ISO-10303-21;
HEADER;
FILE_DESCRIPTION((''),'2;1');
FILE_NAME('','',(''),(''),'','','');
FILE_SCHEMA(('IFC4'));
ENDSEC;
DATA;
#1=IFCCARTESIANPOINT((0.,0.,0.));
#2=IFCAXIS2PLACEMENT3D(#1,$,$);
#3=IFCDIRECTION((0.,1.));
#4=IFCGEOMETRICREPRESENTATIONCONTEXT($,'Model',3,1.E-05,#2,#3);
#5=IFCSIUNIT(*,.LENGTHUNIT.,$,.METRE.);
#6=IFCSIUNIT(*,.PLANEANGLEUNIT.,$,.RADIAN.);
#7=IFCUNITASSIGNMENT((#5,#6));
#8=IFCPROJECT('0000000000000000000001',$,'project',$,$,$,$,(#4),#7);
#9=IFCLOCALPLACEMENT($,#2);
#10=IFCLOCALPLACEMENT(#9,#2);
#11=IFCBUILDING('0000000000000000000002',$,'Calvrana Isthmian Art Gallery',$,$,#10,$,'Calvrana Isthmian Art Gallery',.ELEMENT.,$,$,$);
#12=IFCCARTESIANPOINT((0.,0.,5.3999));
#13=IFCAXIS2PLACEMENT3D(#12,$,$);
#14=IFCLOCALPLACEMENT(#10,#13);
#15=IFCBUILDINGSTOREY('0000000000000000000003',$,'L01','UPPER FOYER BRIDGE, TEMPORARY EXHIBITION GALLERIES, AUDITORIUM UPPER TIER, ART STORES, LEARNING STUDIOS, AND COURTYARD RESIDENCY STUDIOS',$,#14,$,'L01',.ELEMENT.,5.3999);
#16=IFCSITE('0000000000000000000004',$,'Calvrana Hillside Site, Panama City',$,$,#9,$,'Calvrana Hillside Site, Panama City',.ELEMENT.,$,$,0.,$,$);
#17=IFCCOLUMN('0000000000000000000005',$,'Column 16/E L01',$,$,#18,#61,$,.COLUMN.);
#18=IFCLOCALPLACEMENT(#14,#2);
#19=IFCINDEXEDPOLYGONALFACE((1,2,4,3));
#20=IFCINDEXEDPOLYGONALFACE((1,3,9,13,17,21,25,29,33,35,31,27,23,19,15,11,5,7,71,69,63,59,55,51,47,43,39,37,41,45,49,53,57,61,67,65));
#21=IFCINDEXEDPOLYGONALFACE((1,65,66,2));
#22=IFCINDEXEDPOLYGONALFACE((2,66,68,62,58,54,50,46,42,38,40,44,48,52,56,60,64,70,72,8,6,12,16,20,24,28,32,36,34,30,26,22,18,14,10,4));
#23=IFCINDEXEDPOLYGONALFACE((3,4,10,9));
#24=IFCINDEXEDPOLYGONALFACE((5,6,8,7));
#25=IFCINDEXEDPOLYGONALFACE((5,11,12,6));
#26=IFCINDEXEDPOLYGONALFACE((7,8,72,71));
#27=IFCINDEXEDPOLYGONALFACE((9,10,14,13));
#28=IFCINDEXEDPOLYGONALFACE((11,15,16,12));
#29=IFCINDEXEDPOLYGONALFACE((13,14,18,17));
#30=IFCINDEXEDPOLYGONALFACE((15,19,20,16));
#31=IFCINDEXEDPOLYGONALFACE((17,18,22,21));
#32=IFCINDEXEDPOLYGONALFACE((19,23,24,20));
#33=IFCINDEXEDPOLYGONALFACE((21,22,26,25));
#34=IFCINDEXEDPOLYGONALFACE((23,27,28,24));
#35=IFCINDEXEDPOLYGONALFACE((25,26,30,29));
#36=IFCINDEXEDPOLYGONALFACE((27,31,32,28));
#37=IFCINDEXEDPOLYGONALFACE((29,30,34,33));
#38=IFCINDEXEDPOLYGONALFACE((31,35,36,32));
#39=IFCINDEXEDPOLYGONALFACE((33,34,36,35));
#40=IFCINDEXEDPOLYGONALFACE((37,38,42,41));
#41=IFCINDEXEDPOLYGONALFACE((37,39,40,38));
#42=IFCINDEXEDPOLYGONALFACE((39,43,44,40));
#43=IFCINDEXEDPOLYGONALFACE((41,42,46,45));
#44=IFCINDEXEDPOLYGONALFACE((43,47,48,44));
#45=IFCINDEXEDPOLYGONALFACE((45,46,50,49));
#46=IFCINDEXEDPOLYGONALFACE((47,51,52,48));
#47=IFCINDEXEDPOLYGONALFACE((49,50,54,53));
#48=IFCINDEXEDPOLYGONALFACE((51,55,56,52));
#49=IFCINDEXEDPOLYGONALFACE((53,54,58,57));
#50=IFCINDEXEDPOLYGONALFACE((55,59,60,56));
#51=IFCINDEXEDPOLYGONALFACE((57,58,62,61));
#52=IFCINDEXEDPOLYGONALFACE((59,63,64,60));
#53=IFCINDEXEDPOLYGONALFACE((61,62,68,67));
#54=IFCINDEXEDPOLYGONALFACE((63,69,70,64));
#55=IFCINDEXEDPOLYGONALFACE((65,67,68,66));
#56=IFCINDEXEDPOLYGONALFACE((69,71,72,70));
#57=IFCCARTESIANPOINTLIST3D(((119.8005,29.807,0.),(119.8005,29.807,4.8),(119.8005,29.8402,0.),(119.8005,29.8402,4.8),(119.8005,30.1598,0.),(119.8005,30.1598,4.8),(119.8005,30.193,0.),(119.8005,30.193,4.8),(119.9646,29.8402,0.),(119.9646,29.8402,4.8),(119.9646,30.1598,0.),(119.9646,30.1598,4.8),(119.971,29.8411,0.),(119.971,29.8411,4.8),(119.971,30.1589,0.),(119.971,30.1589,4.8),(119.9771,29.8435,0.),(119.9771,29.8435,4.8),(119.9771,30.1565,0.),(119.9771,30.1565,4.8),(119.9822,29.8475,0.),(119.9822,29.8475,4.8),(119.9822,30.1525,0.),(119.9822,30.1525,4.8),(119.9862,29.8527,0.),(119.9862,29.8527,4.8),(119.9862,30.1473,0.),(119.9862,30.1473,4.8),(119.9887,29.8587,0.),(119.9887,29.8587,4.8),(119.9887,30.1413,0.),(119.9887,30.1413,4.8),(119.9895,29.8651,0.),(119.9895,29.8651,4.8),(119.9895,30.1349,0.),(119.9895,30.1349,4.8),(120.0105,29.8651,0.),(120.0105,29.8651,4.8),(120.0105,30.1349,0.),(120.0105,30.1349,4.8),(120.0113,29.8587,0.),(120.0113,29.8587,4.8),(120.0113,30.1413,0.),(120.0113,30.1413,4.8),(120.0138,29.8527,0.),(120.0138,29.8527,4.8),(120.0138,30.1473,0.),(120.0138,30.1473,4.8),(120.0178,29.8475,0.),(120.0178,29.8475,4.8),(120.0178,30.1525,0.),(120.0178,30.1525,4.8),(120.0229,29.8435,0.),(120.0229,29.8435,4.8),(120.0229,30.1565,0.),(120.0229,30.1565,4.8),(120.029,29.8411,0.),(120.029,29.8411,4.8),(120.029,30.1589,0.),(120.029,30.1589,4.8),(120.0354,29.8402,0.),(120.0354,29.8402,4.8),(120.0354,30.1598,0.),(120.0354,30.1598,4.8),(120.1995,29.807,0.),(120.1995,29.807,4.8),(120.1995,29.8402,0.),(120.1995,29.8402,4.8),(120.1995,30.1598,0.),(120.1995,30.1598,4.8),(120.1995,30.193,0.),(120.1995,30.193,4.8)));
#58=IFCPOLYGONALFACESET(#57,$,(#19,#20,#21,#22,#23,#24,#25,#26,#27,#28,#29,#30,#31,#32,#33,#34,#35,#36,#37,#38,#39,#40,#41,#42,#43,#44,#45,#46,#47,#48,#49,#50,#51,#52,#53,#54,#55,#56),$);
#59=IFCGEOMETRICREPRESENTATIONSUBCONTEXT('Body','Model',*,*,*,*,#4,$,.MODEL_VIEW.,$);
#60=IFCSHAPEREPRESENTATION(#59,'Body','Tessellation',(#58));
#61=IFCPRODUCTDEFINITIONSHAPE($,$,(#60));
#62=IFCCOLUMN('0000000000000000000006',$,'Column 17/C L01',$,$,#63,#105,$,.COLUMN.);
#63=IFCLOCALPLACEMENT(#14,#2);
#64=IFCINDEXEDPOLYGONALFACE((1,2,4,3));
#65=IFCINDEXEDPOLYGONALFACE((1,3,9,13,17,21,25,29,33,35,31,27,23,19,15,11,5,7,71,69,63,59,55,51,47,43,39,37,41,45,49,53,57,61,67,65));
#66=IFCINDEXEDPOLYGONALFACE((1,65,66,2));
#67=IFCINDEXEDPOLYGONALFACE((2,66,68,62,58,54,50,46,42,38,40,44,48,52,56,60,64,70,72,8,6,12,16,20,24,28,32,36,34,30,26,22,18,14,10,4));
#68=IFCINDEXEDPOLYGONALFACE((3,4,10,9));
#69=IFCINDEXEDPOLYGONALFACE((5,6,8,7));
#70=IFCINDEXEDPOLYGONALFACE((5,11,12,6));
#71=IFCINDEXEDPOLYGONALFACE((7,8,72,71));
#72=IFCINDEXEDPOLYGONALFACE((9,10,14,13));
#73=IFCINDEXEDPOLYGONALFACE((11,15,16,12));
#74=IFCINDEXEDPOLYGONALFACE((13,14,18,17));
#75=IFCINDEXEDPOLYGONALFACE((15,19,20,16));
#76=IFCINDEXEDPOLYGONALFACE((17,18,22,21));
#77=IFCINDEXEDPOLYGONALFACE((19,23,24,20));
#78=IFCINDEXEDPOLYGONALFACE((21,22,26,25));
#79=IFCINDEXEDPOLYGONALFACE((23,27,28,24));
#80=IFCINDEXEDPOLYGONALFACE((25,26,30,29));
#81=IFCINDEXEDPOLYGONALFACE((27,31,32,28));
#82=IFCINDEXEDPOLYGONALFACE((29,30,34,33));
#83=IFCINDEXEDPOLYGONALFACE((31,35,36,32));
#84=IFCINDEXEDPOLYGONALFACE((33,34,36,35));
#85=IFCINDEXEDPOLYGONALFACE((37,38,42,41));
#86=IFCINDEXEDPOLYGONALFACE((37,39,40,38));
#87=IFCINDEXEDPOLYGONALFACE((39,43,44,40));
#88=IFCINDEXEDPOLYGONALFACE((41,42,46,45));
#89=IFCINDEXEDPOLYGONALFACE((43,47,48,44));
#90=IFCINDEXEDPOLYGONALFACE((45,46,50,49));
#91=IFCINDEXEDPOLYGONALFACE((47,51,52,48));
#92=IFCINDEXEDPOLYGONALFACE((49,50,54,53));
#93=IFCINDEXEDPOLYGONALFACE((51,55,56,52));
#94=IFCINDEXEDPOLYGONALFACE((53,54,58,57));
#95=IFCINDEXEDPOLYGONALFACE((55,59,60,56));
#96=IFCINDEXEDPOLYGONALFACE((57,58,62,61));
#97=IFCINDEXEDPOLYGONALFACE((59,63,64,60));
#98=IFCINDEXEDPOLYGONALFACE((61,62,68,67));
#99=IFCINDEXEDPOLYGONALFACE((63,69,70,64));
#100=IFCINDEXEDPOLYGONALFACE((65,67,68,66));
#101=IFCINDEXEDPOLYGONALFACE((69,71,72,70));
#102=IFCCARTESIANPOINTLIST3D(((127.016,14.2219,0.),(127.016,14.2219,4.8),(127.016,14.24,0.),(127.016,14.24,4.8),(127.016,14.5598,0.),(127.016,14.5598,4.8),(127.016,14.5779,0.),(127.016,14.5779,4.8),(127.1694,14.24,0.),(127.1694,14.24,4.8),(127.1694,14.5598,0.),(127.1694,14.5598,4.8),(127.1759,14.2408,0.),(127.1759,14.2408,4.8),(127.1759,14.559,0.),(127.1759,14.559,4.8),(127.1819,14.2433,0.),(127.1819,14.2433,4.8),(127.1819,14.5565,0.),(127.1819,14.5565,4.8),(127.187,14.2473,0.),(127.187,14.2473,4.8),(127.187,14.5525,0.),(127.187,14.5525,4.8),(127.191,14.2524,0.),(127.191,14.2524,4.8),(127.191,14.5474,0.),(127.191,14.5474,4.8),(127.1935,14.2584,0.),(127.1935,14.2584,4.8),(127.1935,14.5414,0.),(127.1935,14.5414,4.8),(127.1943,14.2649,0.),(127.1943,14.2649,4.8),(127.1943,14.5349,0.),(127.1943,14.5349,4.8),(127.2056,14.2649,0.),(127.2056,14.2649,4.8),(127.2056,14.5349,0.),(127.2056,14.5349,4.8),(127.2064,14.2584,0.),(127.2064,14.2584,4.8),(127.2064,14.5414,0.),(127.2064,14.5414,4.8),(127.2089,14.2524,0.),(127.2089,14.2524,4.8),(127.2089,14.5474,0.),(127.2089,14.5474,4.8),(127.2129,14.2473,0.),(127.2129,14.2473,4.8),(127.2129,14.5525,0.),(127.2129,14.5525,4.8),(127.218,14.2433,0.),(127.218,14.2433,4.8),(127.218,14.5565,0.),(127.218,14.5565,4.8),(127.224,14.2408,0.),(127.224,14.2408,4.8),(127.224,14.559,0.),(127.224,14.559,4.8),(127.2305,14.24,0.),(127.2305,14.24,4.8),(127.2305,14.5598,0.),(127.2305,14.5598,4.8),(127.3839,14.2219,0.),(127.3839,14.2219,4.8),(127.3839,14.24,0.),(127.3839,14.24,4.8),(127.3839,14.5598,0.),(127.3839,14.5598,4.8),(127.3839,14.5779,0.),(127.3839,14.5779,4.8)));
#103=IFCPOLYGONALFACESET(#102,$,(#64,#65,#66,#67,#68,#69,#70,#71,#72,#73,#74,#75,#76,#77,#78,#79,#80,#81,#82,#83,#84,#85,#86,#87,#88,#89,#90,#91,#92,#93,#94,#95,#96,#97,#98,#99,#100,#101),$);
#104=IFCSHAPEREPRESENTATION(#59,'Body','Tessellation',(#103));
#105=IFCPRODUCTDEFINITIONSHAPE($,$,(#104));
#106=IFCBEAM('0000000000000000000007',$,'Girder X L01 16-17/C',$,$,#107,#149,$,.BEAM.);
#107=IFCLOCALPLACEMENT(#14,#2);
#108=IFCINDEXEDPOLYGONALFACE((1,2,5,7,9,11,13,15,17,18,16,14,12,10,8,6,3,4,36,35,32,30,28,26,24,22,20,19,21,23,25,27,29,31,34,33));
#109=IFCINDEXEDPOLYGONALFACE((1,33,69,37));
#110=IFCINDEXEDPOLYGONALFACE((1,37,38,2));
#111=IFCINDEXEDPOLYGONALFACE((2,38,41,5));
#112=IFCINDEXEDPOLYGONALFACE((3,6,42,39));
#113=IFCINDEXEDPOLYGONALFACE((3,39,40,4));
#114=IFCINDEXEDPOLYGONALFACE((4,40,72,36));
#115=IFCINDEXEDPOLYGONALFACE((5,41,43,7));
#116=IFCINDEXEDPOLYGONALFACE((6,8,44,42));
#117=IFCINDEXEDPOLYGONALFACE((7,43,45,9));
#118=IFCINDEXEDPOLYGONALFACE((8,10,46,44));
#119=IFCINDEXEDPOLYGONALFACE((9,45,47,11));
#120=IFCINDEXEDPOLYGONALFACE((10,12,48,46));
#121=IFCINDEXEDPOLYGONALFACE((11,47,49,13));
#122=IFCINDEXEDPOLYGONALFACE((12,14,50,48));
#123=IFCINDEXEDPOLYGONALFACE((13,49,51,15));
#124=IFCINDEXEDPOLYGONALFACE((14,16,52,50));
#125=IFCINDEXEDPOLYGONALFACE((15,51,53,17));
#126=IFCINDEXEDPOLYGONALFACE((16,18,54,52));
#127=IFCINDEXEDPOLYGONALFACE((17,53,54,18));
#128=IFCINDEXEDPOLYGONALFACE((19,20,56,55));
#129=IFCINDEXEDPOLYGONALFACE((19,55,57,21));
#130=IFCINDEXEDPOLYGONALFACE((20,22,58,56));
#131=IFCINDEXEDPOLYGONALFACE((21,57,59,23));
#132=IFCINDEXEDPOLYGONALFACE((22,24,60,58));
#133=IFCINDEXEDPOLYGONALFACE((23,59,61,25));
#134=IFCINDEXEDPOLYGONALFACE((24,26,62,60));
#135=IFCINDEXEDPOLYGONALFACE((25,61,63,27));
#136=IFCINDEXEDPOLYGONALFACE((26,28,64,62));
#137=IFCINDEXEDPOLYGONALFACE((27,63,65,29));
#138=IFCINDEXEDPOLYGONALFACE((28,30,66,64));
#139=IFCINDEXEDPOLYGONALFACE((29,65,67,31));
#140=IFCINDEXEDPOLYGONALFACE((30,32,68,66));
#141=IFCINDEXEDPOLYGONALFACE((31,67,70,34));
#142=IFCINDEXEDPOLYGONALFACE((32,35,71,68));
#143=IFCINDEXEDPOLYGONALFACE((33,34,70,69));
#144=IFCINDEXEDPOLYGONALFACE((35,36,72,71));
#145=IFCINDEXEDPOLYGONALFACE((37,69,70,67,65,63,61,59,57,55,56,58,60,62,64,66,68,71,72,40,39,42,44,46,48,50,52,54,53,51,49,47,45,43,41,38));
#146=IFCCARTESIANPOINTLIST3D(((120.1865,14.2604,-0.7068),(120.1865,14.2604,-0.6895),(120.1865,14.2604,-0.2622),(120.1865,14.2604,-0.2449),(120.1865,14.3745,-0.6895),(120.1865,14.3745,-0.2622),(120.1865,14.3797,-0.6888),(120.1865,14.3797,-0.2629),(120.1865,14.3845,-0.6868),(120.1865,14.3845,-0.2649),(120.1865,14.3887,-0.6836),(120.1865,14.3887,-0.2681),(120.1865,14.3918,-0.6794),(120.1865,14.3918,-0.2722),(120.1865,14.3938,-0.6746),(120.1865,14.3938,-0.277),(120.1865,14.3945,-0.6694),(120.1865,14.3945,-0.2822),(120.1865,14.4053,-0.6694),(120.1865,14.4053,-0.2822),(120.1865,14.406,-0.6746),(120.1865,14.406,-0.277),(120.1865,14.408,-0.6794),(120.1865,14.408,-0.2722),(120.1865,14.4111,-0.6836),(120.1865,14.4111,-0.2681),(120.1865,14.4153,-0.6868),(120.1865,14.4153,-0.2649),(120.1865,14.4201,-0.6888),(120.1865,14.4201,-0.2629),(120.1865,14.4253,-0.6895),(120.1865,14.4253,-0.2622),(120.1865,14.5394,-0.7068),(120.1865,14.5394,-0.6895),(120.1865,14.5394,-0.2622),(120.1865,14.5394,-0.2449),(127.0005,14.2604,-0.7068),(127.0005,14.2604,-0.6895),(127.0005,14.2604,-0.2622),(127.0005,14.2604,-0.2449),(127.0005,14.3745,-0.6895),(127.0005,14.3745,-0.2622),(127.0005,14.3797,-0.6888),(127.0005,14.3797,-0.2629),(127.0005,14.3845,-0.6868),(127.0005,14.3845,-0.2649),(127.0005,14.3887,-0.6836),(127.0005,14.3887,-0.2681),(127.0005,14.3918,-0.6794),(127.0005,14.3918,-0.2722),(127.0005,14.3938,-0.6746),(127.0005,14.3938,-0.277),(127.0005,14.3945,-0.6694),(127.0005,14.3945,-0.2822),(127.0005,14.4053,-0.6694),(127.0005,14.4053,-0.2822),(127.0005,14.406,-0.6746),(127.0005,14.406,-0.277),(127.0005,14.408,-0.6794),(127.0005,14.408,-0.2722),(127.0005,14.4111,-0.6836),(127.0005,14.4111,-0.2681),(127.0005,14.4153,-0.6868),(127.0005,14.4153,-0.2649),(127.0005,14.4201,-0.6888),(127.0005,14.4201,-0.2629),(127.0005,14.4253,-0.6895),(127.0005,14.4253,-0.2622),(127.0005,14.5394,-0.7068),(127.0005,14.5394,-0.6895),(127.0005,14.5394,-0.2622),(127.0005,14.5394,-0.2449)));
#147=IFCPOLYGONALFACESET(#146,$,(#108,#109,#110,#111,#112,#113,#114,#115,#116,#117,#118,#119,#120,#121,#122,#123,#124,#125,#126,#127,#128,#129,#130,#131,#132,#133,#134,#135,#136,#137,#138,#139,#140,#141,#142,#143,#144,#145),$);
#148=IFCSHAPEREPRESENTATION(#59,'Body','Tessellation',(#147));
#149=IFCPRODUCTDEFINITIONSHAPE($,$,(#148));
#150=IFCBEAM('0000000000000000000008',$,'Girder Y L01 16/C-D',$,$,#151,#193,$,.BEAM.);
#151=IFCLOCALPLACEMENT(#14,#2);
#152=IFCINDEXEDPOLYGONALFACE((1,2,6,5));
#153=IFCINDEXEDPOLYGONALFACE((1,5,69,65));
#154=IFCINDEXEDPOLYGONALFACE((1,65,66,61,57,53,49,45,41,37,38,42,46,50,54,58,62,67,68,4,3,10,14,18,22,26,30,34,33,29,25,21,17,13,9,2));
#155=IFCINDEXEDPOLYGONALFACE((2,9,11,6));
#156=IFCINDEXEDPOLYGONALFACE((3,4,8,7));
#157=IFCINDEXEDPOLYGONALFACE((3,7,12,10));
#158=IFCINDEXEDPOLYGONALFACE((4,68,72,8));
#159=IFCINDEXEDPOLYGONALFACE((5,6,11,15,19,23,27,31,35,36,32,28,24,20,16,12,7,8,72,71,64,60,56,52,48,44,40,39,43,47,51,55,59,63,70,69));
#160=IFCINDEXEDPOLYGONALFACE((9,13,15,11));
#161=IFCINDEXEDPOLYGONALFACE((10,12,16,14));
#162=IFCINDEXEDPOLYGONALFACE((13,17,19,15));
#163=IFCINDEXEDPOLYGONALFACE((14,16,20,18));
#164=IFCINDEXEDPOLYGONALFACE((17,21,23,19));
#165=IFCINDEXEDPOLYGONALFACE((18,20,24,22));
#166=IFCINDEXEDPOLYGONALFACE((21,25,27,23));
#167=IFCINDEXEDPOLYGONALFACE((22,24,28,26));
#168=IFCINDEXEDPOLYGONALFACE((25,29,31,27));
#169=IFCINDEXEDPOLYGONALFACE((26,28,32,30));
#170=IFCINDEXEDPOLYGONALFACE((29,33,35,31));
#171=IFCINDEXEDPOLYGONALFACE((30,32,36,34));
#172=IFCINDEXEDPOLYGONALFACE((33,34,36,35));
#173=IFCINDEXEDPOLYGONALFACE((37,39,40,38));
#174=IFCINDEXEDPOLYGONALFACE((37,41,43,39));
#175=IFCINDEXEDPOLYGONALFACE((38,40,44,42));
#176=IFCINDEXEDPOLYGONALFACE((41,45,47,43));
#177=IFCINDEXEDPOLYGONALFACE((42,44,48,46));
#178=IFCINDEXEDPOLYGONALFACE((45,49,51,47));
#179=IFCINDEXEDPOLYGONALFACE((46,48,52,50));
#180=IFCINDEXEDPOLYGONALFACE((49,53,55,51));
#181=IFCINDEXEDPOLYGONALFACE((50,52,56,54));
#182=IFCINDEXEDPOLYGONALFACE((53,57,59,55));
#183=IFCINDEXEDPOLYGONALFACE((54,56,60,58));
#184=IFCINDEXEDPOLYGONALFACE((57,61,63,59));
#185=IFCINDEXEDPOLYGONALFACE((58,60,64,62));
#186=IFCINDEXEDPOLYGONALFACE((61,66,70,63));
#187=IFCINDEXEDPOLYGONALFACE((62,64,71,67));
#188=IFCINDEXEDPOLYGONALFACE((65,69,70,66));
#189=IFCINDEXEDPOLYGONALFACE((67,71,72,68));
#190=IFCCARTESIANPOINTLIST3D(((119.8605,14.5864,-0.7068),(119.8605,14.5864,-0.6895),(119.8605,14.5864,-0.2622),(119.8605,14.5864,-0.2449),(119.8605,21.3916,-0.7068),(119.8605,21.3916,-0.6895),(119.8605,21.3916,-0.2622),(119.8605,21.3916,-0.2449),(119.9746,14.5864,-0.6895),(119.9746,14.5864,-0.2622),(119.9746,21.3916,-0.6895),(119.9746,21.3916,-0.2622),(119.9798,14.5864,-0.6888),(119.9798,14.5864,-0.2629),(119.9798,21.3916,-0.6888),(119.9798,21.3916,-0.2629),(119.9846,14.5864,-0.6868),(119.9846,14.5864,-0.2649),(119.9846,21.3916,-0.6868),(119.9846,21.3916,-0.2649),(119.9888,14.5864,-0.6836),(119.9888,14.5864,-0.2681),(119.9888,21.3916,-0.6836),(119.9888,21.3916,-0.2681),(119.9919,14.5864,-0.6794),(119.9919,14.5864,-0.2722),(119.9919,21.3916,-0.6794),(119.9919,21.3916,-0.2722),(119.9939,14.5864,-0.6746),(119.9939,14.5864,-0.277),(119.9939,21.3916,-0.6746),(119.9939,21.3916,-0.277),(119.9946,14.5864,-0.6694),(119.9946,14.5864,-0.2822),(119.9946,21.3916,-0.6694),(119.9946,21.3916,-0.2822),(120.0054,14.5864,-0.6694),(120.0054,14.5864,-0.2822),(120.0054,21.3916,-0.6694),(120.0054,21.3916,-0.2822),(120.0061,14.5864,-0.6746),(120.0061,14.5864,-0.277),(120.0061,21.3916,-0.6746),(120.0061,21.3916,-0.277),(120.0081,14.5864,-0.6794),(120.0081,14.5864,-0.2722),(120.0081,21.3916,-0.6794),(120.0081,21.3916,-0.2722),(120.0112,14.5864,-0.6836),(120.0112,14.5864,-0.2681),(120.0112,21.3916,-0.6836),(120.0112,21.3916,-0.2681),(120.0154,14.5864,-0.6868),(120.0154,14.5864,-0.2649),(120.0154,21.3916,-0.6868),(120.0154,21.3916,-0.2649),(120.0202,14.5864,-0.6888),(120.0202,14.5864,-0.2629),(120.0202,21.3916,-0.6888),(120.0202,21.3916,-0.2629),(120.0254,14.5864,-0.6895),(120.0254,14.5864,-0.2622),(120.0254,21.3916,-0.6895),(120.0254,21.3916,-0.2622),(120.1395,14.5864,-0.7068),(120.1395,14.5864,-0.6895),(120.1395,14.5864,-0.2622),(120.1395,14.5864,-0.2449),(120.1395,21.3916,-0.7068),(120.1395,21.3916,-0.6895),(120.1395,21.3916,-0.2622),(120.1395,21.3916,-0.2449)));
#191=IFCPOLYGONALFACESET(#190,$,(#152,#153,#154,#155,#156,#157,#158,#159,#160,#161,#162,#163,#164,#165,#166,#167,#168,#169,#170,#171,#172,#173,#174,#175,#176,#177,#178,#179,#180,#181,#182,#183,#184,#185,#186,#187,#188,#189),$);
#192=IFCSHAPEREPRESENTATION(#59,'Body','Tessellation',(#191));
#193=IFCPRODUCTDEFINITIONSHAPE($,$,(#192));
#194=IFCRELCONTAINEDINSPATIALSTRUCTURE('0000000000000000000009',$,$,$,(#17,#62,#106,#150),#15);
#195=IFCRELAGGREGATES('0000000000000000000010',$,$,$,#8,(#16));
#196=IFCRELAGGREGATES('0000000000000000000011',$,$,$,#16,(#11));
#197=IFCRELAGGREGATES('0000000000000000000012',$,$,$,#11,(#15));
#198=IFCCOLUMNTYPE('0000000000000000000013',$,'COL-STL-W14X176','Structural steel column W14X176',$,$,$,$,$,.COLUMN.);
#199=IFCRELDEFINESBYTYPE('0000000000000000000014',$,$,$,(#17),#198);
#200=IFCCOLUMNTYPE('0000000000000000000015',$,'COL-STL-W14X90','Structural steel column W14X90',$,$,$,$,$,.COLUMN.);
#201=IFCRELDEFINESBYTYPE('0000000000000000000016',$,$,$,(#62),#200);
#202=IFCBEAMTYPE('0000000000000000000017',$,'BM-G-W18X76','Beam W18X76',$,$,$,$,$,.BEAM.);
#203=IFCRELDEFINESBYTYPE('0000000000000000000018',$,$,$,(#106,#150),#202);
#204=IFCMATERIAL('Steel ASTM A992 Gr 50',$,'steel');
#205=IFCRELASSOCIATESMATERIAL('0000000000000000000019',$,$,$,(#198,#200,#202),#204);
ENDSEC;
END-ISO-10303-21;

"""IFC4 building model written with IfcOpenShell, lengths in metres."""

from ifc_helpers import new_model, si_unit, direction, frame, origin, origin_2d, place, context, subcontext, project, spatial, i_section, extrude, material, material_profile, profile_set, type_object, element, save


model = new_model("IFC4")

# Units and contexts
model_context = context("Model", 3, precision=1e-05, world=origin(), true_north=direction((0.0, 1.0)))
body_context = subcontext(model_context, "Body", "Model", "MODEL_VIEW")
ifc_project = project(units=[si_unit("LENGTHUNIT", "METRE"), si_unit("PLANEANGLEUNIT", "RADIAN")], contexts=[model_context])

# Site, building, storey
site_placement = place(None, origin())
site = spatial("IfcSite", under=ifc_project, at=site_placement, Name="Calvrana Hillside Site, Panama City", LongName="Calvrana Hillside Site, Panama City", CompositionType="ELEMENT", RefElevation=0.0)
building_placement = place(site_placement, origin())
building = spatial("IfcBuilding", under=site, at=building_placement, Name="Calvrana Isthmian Art Gallery", LongName="Calvrana Isthmian Art Gallery", CompositionType="ELEMENT")
storey_placement = place(building_placement, frame((0.0, 0.0, 5.3999)))
storey = spatial("IfcBuildingStorey", under=building, at=storey_placement, Name="L01", Description="UPPER FOYER BRIDGE, TEMPORARY EXHIBITION GALLERIES, AUDITORIUM UPPER TIER, ART STORES, LEARNING STUDIOS, AND COURTYARD RESIDENCY STUDIOS", LongName="L01", CompositionType="ELEMENT", Elevation=5.3999)

# Columns
ifc_material_1 = material(Name="Steel ASTM A992 Gr 50", Category="steel")
ifc_material_profile_1 = material_profile(ifc_material_1, i_section(OverallWidth=0.3989, OverallDepth=0.386, WebThickness=0.021, FlangeThickness=0.0332, FilletRadius=0.0249, at=origin_2d()), Name="W14X176")
ifc_profile_set_1 = profile_set([ifc_material_profile_1], Name="Steel ASTM A992 Gr 50")
column_type_1 = type_object("IfcColumnType", Name="COL-STL-W14X176", Description="Structural steel column W14X176", PredefinedType="COLUMN", material=ifc_profile_set_1)
column_1_placement = place(storey_placement, frame((120.0, 30.0, 0.0), z_axis=(0.0, 0.0, 1.0), x_axis=(1.0, 0.0, 0.0)))
element("IfcColumn", 1, at=column_1_placement, inside=storey, type_object=column_type_1, Name="Column 16/E L01", PredefinedType="COLUMN", context=body_context, shape_type="SweptSolid", body=[
    extrude(i_section(OverallWidth=0.3989, OverallDepth=0.386, WebThickness=0.021, FlangeThickness=0.0332, FilletRadius=0.0249, at=origin_2d()), origin(), (0.0, 0.0, 1.0), 4.8),
])
ifc_material_profile_2 = material_profile(ifc_material_1, i_section(OverallWidth=0.3679, OverallDepth=0.356, WebThickness=0.0112, FlangeThickness=0.0181, FilletRadius=0.0249, at=origin_2d()), Name="W14X90")
ifc_profile_set_2 = profile_set([ifc_material_profile_2], Name="Steel ASTM A992 Gr 50")
column_type_2 = type_object("IfcColumnType", Name="COL-STL-W14X90", Description="Structural steel column W14X90", PredefinedType="COLUMN", material=ifc_profile_set_2)
column_2_placement = place(storey_placement, frame((127.2, 14.3999, 0.0), z_axis=(0.0, 0.0, 1.0), x_axis=(1.0, 0.0, 0.0)))
element("IfcColumn", 2, at=column_2_placement, inside=storey, type_object=column_type_2, Name="Column 17/C L01", PredefinedType="COLUMN", context=body_context, shape_type="SweptSolid", body=[
    extrude(i_section(OverallWidth=0.3679, OverallDepth=0.356, WebThickness=0.0112, FlangeThickness=0.0181, FilletRadius=0.0249, at=origin_2d()), origin(), (0.0, 0.0, 1.0), 4.8),
])

# Beams
ifc_material_profile_3 = material_profile(ifc_material_1, i_section(OverallWidth=0.2791, OverallDepth=0.4619, WebThickness=0.0107, FlangeThickness=0.0173, FilletRadius=0.02, at=origin_2d()), Name="W18X76")
ifc_profile_set_3 = profile_set([ifc_material_profile_3], Name="Steel ASTM A992 Gr 50")
beam_type_1 = type_object("IfcBeamType", Name="BM-G-W18X76", Description="Beam W18X76", PredefinedType="BEAM", material=ifc_profile_set_3)
beam_1_placement = place(storey_placement, frame((120.1865, 14.3999, -0.4758), z_axis=(1.0, 0.0, 0.0), x_axis=(0.0, 1.0, 0.0)))
element("IfcBeam", 3, at=beam_1_placement, inside=storey, type_object=beam_type_1, Name="Girder X L01 16-17/C", PredefinedType="BEAM", context=body_context, shape_type="SweptSolid", body=[
    extrude(i_section(OverallWidth=0.2791, OverallDepth=0.4619, WebThickness=0.0107, FlangeThickness=0.0173, FilletRadius=0.02, at=origin_2d()), origin(), (0.0, 0.0, 1.0), 6.814),
])
beam_2_placement = place(storey_placement, frame((120.0, 14.5864, -0.4758), z_axis=(0.0, 1.0, 0.0), x_axis=(-1.0, 0.0, 0.0)))
element("IfcBeam", 4, at=beam_2_placement, inside=storey, type_object=beam_type_1, Name="Girder Y L01 16/C-D", PredefinedType="BEAM", context=body_context, shape_type="SweptSolid", body=[
    extrude(i_section(OverallWidth=0.2791, OverallDepth=0.4619, WebThickness=0.0107, FlangeThickness=0.0173, FilletRadius=0.02, at=origin_2d()), origin(), (0.0, 0.0, 1.0), 6.8052),
])

save(model, "model.ifc")
